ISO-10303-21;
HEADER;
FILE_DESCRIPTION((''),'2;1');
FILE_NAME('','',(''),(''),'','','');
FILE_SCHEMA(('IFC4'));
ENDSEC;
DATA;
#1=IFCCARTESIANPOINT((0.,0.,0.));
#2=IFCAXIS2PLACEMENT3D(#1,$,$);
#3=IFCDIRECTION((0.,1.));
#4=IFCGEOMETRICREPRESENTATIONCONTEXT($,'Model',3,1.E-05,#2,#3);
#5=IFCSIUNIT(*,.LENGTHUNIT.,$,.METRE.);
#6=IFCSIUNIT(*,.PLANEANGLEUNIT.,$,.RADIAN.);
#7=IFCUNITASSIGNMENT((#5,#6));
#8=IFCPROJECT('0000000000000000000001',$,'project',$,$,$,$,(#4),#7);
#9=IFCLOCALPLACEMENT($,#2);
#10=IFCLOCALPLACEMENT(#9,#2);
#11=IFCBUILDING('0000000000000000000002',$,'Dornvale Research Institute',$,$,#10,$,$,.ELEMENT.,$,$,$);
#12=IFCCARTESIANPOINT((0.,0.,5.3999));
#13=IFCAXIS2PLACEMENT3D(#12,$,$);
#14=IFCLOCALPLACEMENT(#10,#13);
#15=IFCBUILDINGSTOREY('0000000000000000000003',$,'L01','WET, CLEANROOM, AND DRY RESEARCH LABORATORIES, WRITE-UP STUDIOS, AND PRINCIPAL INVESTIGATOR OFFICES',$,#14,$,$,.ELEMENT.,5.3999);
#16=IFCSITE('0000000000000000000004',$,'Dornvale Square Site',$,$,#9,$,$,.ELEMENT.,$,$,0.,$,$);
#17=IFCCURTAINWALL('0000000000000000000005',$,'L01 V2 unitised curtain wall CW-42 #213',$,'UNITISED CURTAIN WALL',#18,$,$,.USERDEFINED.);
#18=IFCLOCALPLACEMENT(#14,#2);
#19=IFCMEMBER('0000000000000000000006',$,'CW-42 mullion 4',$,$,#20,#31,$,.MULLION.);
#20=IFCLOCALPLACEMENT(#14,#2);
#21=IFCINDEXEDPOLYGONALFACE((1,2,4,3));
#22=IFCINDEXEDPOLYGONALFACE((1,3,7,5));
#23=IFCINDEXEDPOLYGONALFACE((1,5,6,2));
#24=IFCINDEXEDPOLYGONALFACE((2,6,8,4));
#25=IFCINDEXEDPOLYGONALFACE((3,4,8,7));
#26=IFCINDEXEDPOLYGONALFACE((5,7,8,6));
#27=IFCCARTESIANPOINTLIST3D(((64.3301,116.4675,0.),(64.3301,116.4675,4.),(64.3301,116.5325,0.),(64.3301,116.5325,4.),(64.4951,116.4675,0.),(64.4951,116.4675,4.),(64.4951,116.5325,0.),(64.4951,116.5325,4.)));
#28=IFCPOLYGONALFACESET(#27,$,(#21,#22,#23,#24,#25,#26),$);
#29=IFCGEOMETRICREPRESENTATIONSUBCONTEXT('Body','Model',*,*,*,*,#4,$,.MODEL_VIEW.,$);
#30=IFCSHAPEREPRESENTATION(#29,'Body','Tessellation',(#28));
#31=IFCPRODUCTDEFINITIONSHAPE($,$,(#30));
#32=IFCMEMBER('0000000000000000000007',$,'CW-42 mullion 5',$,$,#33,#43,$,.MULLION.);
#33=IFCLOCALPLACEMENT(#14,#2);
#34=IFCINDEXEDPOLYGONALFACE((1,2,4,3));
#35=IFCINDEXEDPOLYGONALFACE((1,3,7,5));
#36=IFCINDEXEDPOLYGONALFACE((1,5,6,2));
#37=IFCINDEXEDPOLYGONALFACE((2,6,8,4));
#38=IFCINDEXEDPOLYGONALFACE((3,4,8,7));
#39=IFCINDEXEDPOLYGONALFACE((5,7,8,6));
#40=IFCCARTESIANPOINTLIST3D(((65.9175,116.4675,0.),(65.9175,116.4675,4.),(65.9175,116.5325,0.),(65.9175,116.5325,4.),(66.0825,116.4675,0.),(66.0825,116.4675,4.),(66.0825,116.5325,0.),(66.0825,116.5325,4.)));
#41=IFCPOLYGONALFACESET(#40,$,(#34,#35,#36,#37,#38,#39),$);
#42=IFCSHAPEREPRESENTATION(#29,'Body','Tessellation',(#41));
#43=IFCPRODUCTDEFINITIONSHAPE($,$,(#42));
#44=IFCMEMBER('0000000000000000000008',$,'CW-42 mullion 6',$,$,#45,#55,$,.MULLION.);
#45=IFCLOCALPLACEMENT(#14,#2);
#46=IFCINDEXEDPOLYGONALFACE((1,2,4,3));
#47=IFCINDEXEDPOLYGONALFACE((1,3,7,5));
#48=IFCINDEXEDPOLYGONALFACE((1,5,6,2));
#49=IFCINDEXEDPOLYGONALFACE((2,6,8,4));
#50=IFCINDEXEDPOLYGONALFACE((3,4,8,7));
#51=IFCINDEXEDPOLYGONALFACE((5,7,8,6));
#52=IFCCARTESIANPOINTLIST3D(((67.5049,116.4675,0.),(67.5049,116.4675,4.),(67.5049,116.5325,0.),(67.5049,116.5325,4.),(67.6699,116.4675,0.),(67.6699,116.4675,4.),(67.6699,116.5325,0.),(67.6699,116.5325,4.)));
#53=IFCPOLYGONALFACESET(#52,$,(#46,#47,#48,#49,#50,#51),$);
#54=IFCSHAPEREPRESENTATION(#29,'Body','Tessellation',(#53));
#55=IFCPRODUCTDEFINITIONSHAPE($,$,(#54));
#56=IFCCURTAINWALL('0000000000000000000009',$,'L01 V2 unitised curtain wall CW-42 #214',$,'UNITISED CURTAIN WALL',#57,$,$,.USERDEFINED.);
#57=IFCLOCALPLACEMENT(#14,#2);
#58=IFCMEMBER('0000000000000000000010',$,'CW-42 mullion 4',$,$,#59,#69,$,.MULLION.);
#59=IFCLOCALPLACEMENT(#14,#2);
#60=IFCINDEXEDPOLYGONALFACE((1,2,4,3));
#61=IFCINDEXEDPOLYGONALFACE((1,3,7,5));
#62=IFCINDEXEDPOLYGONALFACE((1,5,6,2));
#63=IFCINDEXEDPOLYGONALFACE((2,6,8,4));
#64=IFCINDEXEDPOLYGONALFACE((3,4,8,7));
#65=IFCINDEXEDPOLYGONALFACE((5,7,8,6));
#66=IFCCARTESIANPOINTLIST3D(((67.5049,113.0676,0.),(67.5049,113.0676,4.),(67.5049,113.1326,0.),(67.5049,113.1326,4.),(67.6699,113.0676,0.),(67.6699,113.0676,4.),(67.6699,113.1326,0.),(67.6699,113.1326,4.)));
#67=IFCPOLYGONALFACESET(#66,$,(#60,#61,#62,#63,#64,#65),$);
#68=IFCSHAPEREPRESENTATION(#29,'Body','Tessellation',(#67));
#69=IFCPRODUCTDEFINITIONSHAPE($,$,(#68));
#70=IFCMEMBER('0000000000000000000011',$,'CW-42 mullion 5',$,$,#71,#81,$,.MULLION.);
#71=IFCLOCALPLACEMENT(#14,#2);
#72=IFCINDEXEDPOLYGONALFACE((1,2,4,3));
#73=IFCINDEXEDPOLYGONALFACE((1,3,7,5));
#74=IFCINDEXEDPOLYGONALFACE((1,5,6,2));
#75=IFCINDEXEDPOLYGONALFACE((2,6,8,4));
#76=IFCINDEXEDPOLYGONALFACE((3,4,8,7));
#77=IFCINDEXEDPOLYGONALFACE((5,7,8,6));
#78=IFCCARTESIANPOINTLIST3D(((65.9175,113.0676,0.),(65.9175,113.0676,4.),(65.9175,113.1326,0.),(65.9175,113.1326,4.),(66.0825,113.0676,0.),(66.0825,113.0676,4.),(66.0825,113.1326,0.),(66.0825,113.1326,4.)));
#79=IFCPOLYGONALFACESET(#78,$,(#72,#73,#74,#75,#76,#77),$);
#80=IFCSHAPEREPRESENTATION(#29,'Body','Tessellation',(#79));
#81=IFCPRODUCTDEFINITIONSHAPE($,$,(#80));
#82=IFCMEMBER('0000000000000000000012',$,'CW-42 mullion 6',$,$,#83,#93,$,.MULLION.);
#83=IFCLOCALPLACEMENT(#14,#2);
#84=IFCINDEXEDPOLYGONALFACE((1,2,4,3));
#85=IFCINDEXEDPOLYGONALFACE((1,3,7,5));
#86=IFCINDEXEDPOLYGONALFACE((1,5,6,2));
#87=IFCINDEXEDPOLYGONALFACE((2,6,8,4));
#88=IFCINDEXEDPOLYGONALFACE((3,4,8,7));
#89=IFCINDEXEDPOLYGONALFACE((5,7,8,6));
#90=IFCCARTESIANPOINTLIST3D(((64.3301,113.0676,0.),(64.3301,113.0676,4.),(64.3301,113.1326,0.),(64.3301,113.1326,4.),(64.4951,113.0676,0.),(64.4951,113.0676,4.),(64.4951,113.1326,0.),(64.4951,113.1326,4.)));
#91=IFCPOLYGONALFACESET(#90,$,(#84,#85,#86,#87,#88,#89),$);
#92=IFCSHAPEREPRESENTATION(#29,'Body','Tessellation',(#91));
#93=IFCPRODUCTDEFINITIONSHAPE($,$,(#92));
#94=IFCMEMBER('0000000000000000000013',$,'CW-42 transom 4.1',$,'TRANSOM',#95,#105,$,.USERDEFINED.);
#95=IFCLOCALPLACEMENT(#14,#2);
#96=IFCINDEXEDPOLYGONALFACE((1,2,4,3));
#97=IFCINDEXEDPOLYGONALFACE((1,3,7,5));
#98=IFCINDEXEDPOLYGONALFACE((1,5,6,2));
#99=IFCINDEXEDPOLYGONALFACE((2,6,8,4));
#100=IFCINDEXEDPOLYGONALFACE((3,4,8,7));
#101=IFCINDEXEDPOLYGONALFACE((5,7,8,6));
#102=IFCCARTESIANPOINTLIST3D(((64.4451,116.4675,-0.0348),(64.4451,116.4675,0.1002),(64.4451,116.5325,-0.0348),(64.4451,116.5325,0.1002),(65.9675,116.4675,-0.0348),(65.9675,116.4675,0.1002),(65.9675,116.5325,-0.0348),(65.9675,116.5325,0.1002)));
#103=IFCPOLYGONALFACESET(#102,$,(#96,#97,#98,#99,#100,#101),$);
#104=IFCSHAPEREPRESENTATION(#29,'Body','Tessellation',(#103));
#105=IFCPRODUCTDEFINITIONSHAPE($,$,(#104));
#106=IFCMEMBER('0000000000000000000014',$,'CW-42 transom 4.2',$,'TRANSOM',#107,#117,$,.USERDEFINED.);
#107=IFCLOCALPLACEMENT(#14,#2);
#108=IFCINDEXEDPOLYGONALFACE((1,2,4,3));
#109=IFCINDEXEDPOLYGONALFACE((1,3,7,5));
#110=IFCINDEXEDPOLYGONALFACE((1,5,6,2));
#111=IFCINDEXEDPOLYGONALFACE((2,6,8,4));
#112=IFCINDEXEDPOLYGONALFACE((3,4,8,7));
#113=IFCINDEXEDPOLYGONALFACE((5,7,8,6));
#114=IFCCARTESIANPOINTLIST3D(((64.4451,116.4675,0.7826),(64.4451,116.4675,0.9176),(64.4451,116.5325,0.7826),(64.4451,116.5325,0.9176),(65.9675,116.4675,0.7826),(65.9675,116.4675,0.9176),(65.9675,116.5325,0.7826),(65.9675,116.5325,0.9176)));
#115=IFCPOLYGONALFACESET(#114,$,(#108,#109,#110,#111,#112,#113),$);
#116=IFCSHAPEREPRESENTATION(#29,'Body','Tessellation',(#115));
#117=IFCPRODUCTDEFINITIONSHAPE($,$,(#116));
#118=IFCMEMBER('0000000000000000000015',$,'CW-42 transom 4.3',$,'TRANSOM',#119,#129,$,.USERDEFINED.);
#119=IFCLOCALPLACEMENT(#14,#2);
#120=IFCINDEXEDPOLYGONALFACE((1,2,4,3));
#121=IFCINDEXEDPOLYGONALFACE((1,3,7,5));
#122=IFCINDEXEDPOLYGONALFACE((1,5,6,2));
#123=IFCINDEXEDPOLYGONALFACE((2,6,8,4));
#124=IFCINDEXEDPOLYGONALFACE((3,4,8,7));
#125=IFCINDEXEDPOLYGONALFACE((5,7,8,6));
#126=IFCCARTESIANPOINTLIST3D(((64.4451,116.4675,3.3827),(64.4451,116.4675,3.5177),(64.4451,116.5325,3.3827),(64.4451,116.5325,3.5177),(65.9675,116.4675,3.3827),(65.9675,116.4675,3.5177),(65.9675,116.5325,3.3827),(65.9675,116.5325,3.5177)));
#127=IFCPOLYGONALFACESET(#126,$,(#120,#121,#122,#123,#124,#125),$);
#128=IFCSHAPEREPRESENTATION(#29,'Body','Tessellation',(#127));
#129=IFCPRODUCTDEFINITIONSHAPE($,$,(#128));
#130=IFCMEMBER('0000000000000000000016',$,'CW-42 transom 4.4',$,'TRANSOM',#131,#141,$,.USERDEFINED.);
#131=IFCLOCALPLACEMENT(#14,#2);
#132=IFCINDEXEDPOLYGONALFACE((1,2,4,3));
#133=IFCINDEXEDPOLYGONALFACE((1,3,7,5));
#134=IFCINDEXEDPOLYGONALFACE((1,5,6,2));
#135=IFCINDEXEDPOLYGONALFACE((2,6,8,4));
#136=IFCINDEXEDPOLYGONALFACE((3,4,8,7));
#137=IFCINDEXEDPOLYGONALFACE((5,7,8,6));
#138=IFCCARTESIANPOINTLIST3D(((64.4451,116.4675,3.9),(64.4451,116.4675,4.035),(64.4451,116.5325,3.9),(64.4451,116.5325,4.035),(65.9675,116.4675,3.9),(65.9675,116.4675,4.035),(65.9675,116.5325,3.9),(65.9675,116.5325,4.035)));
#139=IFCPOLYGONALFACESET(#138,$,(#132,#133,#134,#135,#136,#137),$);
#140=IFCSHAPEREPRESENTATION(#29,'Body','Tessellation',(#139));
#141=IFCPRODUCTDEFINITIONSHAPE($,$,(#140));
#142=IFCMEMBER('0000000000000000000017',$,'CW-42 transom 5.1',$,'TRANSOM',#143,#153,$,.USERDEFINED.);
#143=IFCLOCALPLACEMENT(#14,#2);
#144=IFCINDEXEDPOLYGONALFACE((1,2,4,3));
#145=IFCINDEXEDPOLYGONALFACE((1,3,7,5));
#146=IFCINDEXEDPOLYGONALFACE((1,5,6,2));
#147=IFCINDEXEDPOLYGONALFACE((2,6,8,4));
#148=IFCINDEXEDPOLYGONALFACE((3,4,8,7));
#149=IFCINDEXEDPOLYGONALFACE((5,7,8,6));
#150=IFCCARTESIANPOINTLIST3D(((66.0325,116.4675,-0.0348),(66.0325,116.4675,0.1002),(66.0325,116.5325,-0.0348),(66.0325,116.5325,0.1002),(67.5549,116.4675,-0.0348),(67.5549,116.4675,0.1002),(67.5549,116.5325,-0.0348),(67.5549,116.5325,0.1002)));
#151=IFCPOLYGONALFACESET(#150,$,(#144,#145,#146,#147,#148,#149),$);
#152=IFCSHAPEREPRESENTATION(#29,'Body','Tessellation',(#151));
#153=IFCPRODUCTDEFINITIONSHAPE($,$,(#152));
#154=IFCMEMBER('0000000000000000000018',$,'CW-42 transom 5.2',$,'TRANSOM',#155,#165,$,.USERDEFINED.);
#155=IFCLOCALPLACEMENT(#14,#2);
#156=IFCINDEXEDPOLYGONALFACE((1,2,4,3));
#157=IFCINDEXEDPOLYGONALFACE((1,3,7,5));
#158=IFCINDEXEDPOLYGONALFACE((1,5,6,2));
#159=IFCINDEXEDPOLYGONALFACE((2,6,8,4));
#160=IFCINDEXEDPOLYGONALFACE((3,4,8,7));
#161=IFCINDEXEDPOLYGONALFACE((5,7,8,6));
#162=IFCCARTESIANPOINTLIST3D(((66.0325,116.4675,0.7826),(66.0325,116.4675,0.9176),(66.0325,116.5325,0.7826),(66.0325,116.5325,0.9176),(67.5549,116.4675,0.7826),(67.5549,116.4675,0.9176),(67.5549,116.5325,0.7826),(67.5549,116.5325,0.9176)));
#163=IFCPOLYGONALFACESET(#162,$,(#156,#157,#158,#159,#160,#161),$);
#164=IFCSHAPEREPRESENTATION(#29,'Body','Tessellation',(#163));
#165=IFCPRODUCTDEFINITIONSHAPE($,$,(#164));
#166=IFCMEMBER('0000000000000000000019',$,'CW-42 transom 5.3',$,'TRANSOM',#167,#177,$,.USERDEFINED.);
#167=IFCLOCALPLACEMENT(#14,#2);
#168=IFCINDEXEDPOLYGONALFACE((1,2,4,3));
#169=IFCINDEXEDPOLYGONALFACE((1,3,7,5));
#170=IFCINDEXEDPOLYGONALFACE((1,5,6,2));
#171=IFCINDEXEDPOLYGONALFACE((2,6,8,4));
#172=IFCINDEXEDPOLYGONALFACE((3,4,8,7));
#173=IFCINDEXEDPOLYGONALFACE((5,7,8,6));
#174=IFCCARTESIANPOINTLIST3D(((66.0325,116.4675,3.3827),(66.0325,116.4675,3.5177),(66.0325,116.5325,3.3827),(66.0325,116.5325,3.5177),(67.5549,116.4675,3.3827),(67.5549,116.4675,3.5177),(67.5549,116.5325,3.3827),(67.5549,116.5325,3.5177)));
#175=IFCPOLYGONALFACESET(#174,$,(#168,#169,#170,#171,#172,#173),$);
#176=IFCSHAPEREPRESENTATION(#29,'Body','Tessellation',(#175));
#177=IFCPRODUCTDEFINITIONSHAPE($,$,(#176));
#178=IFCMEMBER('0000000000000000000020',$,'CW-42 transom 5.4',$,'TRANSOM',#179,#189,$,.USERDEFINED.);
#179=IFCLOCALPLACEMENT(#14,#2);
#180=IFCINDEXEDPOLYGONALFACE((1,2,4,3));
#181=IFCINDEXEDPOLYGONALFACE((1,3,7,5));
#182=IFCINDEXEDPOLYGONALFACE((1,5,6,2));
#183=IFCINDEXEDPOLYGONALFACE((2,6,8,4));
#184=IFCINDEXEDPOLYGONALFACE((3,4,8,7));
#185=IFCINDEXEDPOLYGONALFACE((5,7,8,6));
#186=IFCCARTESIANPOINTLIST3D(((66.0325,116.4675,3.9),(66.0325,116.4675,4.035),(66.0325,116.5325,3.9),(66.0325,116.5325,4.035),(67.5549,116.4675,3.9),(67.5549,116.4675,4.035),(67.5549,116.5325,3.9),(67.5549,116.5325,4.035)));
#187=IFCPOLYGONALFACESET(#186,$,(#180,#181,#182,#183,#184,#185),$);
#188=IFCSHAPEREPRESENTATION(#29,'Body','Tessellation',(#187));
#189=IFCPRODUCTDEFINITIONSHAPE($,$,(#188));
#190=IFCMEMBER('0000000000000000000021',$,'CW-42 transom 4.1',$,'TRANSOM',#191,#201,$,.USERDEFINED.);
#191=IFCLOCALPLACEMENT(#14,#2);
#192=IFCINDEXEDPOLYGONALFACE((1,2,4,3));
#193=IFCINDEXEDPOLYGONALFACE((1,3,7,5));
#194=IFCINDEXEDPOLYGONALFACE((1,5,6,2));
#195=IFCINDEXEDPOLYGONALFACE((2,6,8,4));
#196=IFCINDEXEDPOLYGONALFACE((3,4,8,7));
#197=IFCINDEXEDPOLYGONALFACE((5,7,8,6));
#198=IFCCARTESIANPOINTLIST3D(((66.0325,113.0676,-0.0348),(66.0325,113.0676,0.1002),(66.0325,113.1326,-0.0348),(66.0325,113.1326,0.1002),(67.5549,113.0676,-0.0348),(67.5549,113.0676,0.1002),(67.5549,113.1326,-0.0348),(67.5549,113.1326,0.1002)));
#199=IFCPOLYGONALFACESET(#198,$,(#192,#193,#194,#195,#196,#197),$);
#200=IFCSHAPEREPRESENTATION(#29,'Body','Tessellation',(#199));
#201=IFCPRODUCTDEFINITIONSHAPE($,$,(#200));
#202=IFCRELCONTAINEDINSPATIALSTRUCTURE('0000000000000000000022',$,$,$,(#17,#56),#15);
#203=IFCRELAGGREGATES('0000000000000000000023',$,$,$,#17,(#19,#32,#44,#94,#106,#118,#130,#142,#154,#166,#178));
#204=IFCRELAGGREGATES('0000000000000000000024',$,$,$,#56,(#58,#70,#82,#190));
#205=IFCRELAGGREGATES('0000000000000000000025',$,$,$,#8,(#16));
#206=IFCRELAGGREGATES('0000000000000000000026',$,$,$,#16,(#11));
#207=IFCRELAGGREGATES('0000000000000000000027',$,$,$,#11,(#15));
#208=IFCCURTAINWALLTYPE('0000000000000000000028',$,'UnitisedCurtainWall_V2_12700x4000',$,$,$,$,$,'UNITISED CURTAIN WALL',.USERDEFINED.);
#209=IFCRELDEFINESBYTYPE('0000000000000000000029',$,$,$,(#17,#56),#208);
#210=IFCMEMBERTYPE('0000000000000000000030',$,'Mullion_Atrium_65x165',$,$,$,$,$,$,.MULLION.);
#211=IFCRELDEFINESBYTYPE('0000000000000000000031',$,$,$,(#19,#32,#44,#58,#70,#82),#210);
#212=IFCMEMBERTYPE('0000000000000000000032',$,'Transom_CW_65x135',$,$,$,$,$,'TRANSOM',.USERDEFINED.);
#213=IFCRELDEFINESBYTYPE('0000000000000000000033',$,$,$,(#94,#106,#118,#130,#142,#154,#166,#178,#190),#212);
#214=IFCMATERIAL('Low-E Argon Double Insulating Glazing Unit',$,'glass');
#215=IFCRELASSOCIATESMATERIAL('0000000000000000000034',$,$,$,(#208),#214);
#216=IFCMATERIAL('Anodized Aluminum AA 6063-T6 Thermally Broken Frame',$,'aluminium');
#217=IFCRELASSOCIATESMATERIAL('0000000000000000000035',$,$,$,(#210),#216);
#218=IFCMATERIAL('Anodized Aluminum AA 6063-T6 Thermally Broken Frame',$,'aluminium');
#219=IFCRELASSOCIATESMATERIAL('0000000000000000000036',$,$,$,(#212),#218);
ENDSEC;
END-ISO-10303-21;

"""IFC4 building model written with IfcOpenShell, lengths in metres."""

from ifc_helpers import new_model, si_unit, direction, frame, origin, origin_2d, place, context, subcontext, project, spatial, rectangle, extrude, material, material_profile, profile_set, type_object, element, aggregate, save


model = new_model("IFC4")

# Units and contexts
model_context = context("Model", 3, precision=1e-05, world=origin(), true_north=direction((0.0, 1.0)))
body_context = subcontext(model_context, "Body", "Model", "MODEL_VIEW")
ifc_project = project(units=[si_unit("LENGTHUNIT", "METRE"), si_unit("PLANEANGLEUNIT", "RADIAN")], contexts=[model_context])

# Site, building, storey
site_placement = place(None, origin())
site = spatial("IfcSite", under=ifc_project, at=site_placement, Name="Dornvale Square Site", CompositionType="ELEMENT", RefElevation=0.0)
building_placement = place(site_placement, origin())
building = spatial("IfcBuilding", under=site, at=building_placement, Name="Dornvale Research Institute", CompositionType="ELEMENT")
storey_placement = place(building_placement, frame((0.0, 0.0, 5.3999)))
storey = spatial("IfcBuildingStorey", under=building, at=storey_placement, Name="L01", Description="WET, CLEANROOM, AND DRY RESEARCH LABORATORIES, WRITE-UP STUDIOS, AND PRINCIPAL INVESTIGATOR OFFICES", CompositionType="ELEMENT", Elevation=5.3999)

# Curtain walls, members
ifc_material_1 = material(Name="Low-E Argon Double Insulating Glazing Unit", Category="glass")
curtain_wall_type = type_object("IfcCurtainWallType", Name="UnitisedCurtainWall_V2_12700x4000", ElementType="UNITISED CURTAIN WALL", PredefinedType="USERDEFINED", material=ifc_material_1)
curtain_wall_1_placement = place(storey_placement, origin())
curtain_wall_1 = element("IfcCurtainWall", 1, at=curtain_wall_1_placement, inside=storey, type_object=curtain_wall_type, Name="L01 V2 unitised curtain wall CW-42 #213", ObjectType="UNITISED CURTAIN WALL", PredefinedType="USERDEFINED")
ifc_material_2 = material(Name="Anodized Aluminum AA 6063-T6 Thermally Broken Frame", Category="aluminium")
ifc_material_profile_1 = material_profile(ifc_material_2, rectangle(XDim=0.0649, YDim=0.165, at=origin_2d()), Name="ALU MULLION 65x165")
ifc_profile_set_1 = profile_set([ifc_material_profile_1], Name="Anodized Aluminum AA 6063-T6 Thermally Broken Frame")
member_type_1 = type_object("IfcMemberType", Name="Mullion_Atrium_65x165", PredefinedType="MULLION", material=ifc_profile_set_1)
member_1_placement = place(storey_placement, frame((64.4126, 116.5, 0.0), z_axis=(0.0, 0.0, 1.0), x_axis=(0.0, 1.0, 0.0)))
member_1 = element("IfcMember", 2, at=member_1_placement, type_object=member_type_1, Name="CW-42 mullion 4", PredefinedType="MULLION", context=body_context, shape_type="SweptSolid", body=[
    extrude(rectangle(XDim=0.0649, YDim=0.165, at=origin_2d()), origin(), (0.0, 0.0, 1.0), 4.0),
])
member_2_placement = place(storey_placement, frame((66.0, 116.5, 0.0), z_axis=(0.0, 0.0, 1.0), x_axis=(0.0, 1.0, 0.0)))
member_2 = element("IfcMember", 3, at=member_2_placement, type_object=member_type_1, Name="CW-42 mullion 5", PredefinedType="MULLION", context=body_context, shape_type="SweptSolid", body=[
    extrude(rectangle(XDim=0.0649, YDim=0.165, at=origin_2d()), origin(), (0.0, 0.0, 1.0), 4.0),
])
member_3_placement = place(storey_placement, frame((67.5874, 116.5, 0.0), z_axis=(0.0, 0.0, 1.0), x_axis=(0.0, 1.0, 0.0)))
member_3 = element("IfcMember", 4, at=member_3_placement, type_object=member_type_1, Name="CW-42 mullion 6", PredefinedType="MULLION", context=body_context, shape_type="SweptSolid", body=[
    extrude(rectangle(XDim=0.0649, YDim=0.165, at=origin_2d()), origin(), (0.0, 0.0, 1.0), 4.0),
])
curtain_wall_2_placement = place(storey_placement, origin())
curtain_wall_2 = element("IfcCurtainWall", 5, at=curtain_wall_2_placement, inside=storey, type_object=curtain_wall_type, Name="L01 V2 unitised curtain wall CW-42 #214", ObjectType="UNITISED CURTAIN WALL", PredefinedType="USERDEFINED")
member_4_placement = place(storey_placement, frame((67.5874, 113.1001, 0.0), z_axis=(0.0, 0.0, 1.0), x_axis=(0.0, -1.0, 0.0)))
member_4 = element("IfcMember", 6, at=member_4_placement, type_object=member_type_1, Name="CW-42 mullion 4", PredefinedType="MULLION", context=body_context, shape_type="SweptSolid", body=[
    extrude(rectangle(XDim=0.0649, YDim=0.165, at=origin_2d()), origin(), (0.0, 0.0, 1.0), 4.0),
])
member_5_placement = place(storey_placement, frame((66.0, 113.1001, 0.0), z_axis=(0.0, 0.0, 1.0), x_axis=(0.0, -1.0, 0.0)))
member_5 = element("IfcMember", 7, at=member_5_placement, type_object=member_type_1, Name="CW-42 mullion 5", PredefinedType="MULLION", context=body_context, shape_type="SweptSolid", body=[
    extrude(rectangle(XDim=0.0649, YDim=0.165, at=origin_2d()), origin(), (0.0, 0.0, 1.0), 4.0),
])
member_6_placement = place(storey_placement, frame((64.4126, 113.1001, 0.0), z_axis=(0.0, 0.0, 1.0), x_axis=(0.0, -1.0, 0.0)))
member_6 = element("IfcMember", 8, at=member_6_placement, type_object=member_type_1, Name="CW-42 mullion 6", PredefinedType="MULLION", context=body_context, shape_type="SweptSolid", body=[
    extrude(rectangle(XDim=0.0649, YDim=0.165, at=origin_2d()), origin(), (0.0, 0.0, 1.0), 4.0),
])

# Members
ifc_material_3 = material(Name="Anodized Aluminum AA 6063-T6 Thermally Broken Frame", Category="aluminium")
ifc_material_profile_2 = material_profile(ifc_material_3, rectangle(XDim=0.0649, YDim=0.135, at=origin_2d()), Name="ALU TRANSOM 65x135")
ifc_profile_set_2 = profile_set([ifc_material_profile_2], Name="Anodized Aluminum AA 6063-T6 Thermally Broken Frame")
member_type_2 = type_object("IfcMemberType", Name="Transom_CW_65x135", ElementType="TRANSOM", PredefinedType="USERDEFINED", material=ifc_profile_set_2)
member_7_placement = place(storey_placement, frame((64.4451, 116.5, 0.0327), z_axis=(1.0, 0.0, 0.0), x_axis=(0.0, 1.0, 0.0)))
member_7 = element("IfcMember", 9, at=member_7_placement, type_object=member_type_2, Name="CW-42 transom 4.1", ObjectType="TRANSOM", PredefinedType="USERDEFINED", context=body_context, shape_type="SweptSolid", body=[
    extrude(rectangle(XDim=0.0649, YDim=0.135, at=origin_2d()), origin(), (0.0, 0.0, 1.0), 1.5225),
])
member_8_placement = place(storey_placement, frame((64.4451, 116.5, 0.8501), z_axis=(1.0, 0.0, 0.0), x_axis=(0.0, 1.0, 0.0)))
member_8 = element("IfcMember", 10, at=member_8_placement, type_object=member_type_2, Name="CW-42 transom 4.2", ObjectType="TRANSOM", PredefinedType="USERDEFINED", context=body_context, shape_type="SweptSolid", body=[
    extrude(rectangle(XDim=0.0649, YDim=0.135, at=origin_2d()), origin(), (0.0, 0.0, 1.0), 1.5225),
])
member_9_placement = place(storey_placement, frame((64.4451, 116.5, 3.4502), z_axis=(1.0, 0.0, 0.0), x_axis=(0.0, 1.0, 0.0)))
member_9 = element("IfcMember", 11, at=member_9_placement, type_object=member_type_2, Name="CW-42 transom 4.3", ObjectType="TRANSOM", PredefinedType="USERDEFINED", context=body_context, shape_type="SweptSolid", body=[
    extrude(rectangle(XDim=0.0649, YDim=0.135, at=origin_2d()), origin(), (0.0, 0.0, 1.0), 1.5225),
])
member_10_placement = place(storey_placement, frame((64.4451, 116.5, 3.9675), z_axis=(1.0, 0.0, 0.0), x_axis=(0.0, 1.0, 0.0)))
member_10 = element("IfcMember", 12, at=member_10_placement, type_object=member_type_2, Name="CW-42 transom 4.4", ObjectType="TRANSOM", PredefinedType="USERDEFINED", context=body_context, shape_type="SweptSolid", body=[
    extrude(rectangle(XDim=0.0649, YDim=0.135, at=origin_2d()), origin(), (0.0, 0.0, 1.0), 1.5225),
])
member_11_placement = place(storey_placement, frame((66.0325, 116.5, 0.0327), z_axis=(1.0, 0.0, 0.0), x_axis=(0.0, 1.0, 0.0)))
member_11 = element("IfcMember", 13, at=member_11_placement, type_object=member_type_2, Name="CW-42 transom 5.1", ObjectType="TRANSOM", PredefinedType="USERDEFINED", context=body_context, shape_type="SweptSolid", body=[
    extrude(rectangle(XDim=0.0649, YDim=0.135, at=origin_2d()), origin(), (0.0, 0.0, 1.0), 1.5225),
])
member_12_placement = place(storey_placement, frame((66.0325, 116.5, 0.8501), z_axis=(1.0, 0.0, 0.0), x_axis=(0.0, 1.0, 0.0)))
member_12 = element("IfcMember", 14, at=member_12_placement, type_object=member_type_2, Name="CW-42 transom 5.2", ObjectType="TRANSOM", PredefinedType="USERDEFINED", context=body_context, shape_type="SweptSolid", body=[
    extrude(rectangle(XDim=0.0649, YDim=0.135, at=origin_2d()), origin(), (0.0, 0.0, 1.0), 1.5225),
])
member_13_placement = place(storey_placement, frame((66.0325, 116.5, 3.4502), z_axis=(1.0, 0.0, 0.0), x_axis=(0.0, 1.0, 0.0)))
member_13 = element("IfcMember", 15, at=member_13_placement, type_object=member_type_2, Name="CW-42 transom 5.3", ObjectType="TRANSOM", PredefinedType="USERDEFINED", context=body_context, shape_type="SweptSolid", body=[
    extrude(rectangle(XDim=0.0649, YDim=0.135, at=origin_2d()), origin(), (0.0, 0.0, 1.0), 1.5225),
])
member_14_placement = place(storey_placement, frame((66.0325, 116.5, 3.9675), z_axis=(1.0, 0.0, 0.0), x_axis=(0.0, 1.0, 0.0)))
member_14 = element("IfcMember", 16, at=member_14_placement, type_object=member_type_2, Name="CW-42 transom 5.4", ObjectType="TRANSOM", PredefinedType="USERDEFINED", context=body_context, shape_type="SweptSolid", body=[
    extrude(rectangle(XDim=0.0649, YDim=0.135, at=origin_2d()), origin(), (0.0, 0.0, 1.0), 1.5225),
])
member_15_placement = place(storey_placement, frame((67.5549, 113.1001, 0.0327), z_axis=(-1.0, 0.0, 0.0), x_axis=(0.0, -1.0, 0.0)))
member_15 = element("IfcMember", 17, at=member_15_placement, type_object=member_type_2, Name="CW-42 transom 4.1", ObjectType="TRANSOM", PredefinedType="USERDEFINED", context=body_context, shape_type="SweptSolid", body=[
    extrude(rectangle(XDim=0.0649, YDim=0.135, at=origin_2d()), origin(), (0.0, 0.0, 1.0), 1.5225),
])

aggregate(curtain_wall_1, [member_1, member_2, member_3, member_7, member_8, member_9, member_10, member_11, member_12, member_13, member_14])
aggregate(curtain_wall_2, [member_4, member_5, member_6, member_15])

save(model, "model.ifc")
